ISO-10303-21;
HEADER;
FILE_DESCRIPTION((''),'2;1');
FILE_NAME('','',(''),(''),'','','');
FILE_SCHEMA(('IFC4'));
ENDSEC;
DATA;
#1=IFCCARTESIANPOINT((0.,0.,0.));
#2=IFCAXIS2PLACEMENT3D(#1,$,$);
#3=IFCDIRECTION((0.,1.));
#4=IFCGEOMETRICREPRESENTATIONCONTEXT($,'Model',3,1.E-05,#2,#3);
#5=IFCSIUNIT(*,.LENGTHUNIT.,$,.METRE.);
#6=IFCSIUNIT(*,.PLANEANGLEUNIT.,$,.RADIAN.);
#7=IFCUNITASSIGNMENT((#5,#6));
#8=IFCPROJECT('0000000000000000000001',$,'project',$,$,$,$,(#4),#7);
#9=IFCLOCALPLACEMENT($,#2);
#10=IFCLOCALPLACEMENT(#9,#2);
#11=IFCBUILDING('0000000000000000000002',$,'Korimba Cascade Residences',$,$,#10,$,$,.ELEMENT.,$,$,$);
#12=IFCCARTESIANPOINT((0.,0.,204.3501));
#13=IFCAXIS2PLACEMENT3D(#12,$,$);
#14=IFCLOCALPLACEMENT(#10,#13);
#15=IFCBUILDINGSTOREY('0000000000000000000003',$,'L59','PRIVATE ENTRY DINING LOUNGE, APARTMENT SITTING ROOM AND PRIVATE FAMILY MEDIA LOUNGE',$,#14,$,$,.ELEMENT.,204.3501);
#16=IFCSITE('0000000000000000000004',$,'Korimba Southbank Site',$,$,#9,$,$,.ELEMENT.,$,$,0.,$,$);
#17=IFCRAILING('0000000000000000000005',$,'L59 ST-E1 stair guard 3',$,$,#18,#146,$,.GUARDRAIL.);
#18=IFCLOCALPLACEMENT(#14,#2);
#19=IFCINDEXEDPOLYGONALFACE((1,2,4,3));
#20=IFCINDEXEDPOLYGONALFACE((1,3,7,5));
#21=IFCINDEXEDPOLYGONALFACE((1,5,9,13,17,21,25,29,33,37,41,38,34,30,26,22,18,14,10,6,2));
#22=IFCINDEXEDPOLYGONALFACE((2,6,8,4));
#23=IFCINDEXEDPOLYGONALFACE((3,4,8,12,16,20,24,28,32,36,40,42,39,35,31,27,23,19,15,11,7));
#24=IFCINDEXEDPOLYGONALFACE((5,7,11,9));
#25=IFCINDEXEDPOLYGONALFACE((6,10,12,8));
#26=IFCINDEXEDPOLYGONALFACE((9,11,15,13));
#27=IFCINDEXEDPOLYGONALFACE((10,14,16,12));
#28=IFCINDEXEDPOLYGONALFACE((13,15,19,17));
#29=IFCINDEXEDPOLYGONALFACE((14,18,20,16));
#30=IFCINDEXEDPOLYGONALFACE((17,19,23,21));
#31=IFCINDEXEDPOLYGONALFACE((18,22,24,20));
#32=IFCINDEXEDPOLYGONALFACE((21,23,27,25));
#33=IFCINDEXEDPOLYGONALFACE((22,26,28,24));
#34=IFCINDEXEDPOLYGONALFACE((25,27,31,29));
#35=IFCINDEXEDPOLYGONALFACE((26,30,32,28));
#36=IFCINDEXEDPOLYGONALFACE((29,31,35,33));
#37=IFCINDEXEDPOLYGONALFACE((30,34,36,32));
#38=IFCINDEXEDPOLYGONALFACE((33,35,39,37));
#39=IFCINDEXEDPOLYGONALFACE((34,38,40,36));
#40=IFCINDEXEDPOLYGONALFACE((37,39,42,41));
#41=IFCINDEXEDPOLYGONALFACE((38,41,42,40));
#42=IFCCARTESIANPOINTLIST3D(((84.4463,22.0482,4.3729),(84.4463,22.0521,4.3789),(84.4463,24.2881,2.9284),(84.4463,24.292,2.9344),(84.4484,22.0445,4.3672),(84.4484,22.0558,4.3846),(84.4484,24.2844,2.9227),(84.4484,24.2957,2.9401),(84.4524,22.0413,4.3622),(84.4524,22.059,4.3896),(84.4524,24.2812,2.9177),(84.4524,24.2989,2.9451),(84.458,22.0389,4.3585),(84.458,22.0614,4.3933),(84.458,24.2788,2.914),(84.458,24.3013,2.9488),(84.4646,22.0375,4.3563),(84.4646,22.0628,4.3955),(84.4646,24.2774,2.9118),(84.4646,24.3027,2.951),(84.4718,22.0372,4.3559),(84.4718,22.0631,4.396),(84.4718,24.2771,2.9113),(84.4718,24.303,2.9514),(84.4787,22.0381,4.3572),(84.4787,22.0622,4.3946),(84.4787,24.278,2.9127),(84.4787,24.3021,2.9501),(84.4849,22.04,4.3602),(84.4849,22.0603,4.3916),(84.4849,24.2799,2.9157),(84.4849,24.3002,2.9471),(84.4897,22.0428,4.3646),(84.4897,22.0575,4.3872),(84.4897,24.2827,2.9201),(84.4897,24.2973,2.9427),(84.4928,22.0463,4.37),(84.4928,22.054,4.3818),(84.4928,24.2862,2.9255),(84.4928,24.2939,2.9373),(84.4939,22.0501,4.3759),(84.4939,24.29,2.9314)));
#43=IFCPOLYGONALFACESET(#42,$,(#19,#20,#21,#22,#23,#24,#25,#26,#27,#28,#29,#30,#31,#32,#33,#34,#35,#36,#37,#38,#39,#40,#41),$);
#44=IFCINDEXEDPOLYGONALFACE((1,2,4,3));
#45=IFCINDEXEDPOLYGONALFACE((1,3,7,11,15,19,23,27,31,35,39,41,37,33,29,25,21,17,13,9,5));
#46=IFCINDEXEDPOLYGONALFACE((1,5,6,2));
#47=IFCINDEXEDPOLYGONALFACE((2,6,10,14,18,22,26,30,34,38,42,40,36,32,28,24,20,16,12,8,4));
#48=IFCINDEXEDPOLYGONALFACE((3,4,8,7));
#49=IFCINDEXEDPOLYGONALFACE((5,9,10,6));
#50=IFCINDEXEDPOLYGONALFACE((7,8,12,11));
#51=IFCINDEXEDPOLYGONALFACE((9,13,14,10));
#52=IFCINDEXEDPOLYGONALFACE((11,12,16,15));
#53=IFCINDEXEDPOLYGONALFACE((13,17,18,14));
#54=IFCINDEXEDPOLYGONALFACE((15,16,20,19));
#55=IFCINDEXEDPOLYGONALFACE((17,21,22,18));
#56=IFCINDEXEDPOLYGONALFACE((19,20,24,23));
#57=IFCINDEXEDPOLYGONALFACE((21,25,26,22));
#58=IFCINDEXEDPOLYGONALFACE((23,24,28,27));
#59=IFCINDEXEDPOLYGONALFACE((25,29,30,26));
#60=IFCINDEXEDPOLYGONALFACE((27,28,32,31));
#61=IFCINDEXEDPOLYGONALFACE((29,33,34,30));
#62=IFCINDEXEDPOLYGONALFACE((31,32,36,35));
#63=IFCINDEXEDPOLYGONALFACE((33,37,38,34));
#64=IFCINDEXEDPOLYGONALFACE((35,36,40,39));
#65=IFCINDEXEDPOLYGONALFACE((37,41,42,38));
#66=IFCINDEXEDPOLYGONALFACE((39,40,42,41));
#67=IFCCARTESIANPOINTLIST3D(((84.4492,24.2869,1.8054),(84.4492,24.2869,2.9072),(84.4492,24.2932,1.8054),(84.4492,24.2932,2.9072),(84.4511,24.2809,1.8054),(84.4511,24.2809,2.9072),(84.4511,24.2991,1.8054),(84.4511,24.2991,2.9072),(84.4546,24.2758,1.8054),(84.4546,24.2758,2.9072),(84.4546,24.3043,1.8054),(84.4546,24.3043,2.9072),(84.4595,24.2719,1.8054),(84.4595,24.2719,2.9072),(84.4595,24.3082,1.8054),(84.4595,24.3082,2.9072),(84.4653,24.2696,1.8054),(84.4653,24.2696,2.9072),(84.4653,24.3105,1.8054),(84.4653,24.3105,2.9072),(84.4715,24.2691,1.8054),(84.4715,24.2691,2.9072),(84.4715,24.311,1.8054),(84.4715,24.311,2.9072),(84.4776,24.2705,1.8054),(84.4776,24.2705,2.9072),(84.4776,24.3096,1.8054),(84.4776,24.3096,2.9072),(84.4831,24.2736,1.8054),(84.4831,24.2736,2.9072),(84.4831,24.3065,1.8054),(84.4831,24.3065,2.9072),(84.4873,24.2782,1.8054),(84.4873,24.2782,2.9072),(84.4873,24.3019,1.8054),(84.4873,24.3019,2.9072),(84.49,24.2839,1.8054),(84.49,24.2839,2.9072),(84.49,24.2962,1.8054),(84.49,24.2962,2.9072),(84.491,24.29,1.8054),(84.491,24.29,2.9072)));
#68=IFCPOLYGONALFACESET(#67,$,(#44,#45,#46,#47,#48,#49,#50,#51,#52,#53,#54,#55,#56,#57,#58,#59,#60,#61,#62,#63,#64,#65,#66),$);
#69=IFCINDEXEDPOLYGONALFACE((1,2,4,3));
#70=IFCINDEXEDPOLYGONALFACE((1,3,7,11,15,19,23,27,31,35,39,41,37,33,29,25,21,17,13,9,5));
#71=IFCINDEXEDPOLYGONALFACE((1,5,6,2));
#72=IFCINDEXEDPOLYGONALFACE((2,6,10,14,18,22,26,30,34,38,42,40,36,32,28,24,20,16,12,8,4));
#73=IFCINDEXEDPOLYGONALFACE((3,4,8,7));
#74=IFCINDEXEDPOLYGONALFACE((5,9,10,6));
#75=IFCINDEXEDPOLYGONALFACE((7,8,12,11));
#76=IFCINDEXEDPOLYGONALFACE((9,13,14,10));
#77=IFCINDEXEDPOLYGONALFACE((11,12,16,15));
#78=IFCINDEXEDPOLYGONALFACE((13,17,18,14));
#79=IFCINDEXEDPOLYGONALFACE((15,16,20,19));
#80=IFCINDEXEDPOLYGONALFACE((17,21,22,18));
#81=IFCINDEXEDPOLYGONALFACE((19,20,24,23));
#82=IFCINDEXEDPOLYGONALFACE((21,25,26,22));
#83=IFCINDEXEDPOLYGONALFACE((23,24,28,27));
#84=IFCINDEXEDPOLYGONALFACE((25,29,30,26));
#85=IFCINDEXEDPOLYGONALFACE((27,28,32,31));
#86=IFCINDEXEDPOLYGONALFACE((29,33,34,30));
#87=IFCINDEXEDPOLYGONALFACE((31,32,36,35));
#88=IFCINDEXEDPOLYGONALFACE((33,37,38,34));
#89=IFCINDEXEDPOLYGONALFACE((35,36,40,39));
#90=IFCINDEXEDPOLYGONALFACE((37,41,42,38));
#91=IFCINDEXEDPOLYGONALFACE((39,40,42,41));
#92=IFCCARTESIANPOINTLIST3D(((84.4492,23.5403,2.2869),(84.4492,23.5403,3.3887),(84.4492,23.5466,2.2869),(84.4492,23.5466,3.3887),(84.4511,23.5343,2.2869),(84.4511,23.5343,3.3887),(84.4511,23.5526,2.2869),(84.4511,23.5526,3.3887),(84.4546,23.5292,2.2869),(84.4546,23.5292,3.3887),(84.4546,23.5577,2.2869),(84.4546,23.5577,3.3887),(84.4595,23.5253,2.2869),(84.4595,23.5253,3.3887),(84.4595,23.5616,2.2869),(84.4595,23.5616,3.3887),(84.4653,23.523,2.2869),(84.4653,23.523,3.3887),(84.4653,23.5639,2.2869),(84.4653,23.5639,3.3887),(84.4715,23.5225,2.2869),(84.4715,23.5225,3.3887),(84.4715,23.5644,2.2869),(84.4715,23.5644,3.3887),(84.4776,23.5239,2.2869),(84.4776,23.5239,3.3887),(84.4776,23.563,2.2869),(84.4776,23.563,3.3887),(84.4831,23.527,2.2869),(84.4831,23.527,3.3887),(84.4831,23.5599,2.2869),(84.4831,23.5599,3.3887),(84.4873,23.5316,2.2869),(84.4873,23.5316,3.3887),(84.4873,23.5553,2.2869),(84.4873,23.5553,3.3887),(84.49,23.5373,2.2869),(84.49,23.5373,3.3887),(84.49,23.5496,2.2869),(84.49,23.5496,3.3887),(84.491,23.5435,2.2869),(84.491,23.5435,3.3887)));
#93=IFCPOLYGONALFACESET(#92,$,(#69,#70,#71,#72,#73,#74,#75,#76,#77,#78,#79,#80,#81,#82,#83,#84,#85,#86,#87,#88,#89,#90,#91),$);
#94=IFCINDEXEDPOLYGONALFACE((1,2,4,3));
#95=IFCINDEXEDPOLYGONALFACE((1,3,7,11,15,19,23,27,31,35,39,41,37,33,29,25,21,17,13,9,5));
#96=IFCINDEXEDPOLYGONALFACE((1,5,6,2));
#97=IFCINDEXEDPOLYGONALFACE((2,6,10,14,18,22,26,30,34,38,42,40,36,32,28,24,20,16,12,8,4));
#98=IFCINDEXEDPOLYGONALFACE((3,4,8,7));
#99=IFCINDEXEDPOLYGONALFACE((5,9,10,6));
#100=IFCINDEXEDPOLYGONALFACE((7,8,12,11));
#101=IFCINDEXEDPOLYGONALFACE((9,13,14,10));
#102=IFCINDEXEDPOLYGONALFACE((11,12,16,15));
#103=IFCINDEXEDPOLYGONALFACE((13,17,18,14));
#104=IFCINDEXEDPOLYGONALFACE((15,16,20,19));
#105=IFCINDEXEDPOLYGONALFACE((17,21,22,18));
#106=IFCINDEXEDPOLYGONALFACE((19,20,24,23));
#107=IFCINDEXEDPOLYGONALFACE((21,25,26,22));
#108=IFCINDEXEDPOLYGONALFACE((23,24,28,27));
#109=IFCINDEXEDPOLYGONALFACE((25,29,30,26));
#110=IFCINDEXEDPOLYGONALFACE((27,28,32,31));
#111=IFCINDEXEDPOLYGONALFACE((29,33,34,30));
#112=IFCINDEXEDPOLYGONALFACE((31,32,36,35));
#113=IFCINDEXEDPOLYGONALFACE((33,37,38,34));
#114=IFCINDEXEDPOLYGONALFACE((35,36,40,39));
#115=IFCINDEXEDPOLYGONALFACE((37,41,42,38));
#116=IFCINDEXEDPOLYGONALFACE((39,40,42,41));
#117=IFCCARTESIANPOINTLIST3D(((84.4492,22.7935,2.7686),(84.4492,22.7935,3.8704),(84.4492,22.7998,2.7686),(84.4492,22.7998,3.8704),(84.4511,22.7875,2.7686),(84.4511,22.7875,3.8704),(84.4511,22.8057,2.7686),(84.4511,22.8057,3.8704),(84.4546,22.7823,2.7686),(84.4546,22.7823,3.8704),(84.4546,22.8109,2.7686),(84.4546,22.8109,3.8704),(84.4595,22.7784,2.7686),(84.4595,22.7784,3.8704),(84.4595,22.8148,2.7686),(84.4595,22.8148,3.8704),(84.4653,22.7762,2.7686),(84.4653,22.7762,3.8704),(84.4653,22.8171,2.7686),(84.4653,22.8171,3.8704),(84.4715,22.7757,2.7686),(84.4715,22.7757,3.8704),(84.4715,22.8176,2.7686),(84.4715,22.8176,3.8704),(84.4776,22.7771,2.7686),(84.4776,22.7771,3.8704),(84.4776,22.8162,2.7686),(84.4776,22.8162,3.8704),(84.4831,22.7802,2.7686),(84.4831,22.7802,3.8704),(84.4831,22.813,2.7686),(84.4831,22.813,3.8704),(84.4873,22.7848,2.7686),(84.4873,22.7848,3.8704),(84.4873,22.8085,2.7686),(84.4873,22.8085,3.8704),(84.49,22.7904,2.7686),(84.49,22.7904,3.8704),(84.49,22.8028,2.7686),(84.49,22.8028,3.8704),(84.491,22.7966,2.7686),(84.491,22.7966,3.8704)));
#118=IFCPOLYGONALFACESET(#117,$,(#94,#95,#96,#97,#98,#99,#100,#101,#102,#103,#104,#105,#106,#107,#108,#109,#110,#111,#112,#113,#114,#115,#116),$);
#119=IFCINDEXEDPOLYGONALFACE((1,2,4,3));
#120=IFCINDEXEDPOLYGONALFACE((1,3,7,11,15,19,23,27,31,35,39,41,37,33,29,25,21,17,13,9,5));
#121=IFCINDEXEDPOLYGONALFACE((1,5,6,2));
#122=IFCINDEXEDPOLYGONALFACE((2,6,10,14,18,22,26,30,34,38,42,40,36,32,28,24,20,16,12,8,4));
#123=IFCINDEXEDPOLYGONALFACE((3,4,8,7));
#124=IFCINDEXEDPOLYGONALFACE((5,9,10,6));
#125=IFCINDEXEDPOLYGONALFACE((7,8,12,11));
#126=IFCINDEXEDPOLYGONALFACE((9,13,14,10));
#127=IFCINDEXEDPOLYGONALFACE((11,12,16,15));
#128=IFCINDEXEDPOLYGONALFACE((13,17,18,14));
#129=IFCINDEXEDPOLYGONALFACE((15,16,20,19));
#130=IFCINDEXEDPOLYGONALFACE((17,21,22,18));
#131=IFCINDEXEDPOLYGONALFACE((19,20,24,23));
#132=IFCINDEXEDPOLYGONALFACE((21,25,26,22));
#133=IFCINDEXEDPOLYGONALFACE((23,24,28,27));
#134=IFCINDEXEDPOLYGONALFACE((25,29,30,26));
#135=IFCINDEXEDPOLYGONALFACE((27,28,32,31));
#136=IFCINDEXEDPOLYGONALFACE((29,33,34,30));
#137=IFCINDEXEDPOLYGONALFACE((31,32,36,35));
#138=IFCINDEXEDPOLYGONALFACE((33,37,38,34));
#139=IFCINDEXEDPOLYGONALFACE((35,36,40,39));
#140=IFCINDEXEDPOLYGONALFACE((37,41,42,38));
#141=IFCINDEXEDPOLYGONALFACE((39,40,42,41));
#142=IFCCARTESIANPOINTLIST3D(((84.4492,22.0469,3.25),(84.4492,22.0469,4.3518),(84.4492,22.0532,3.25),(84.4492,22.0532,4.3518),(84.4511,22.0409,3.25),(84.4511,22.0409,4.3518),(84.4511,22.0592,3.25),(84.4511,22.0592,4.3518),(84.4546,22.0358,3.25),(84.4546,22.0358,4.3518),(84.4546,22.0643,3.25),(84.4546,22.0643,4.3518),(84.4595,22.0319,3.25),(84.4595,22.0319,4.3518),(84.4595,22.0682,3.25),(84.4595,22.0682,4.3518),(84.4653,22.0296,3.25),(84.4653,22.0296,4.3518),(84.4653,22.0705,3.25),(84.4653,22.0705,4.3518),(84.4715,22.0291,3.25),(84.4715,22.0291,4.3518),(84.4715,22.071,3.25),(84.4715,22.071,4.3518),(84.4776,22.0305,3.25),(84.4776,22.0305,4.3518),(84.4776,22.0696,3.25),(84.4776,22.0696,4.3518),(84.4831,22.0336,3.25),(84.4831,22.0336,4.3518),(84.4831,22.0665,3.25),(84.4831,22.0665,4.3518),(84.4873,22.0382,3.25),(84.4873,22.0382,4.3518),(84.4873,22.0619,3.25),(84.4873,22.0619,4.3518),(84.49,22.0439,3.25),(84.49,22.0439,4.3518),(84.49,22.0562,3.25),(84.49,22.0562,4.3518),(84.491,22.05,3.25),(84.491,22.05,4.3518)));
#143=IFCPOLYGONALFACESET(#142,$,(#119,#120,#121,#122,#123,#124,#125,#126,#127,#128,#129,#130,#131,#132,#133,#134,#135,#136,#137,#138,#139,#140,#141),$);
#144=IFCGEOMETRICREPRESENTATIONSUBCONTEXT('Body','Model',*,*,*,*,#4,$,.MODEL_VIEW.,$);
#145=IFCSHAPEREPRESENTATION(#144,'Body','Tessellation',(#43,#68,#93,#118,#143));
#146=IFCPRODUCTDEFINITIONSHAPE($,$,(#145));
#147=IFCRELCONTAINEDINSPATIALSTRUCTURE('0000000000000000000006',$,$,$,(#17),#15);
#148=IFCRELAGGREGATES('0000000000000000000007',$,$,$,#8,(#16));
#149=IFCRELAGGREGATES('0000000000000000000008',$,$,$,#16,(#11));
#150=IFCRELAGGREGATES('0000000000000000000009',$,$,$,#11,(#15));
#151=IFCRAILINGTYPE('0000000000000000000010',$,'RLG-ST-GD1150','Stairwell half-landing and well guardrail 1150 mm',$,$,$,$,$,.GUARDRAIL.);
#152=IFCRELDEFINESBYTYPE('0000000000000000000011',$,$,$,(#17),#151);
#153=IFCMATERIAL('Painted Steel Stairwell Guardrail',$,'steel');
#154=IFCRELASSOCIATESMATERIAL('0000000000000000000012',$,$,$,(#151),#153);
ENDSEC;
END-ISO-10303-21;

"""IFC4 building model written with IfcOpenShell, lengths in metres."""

from ifc_helpers import new_model, si_unit, direction, frame, origin, origin_2d, place, context, subcontext, project, spatial, circle, extrude, material, type_object, element, save


model = new_model("IFC4")

# Units and contexts
model_context = context("Model", 3, precision=1e-05, world=origin(), true_north=direction((0.0, 1.0)))
body_context = subcontext(model_context, "Body", "Model", "MODEL_VIEW")
ifc_project = project(units=[si_unit("LENGTHUNIT", "METRE"), si_unit("PLANEANGLEUNIT", "RADIAN")], contexts=[model_context])

# Site, building, storey
site_placement = place(None, origin())
site = spatial("IfcSite", under=ifc_project, at=site_placement, Name="Korimba Southbank Site", CompositionType="ELEMENT", RefElevation=0.0)
building_placement = place(site_placement, origin())
building = spatial("IfcBuilding", under=site, at=building_placement, Name="Korimba Cascade Residences", CompositionType="ELEMENT")
storey_placement = place(building_placement, frame((0.0, 0.0, 204.3501)))
storey = spatial("IfcBuildingStorey", under=building, at=storey_placement, Name="L59", Description="PRIVATE ENTRY DINING LOUNGE, APARTMENT SITTING ROOM AND PRIVATE FAMILY MEDIA LOUNGE", CompositionType="ELEMENT", Elevation=204.3501)

# Railing
ifc_material_1 = material(Name="Painted Steel Stairwell Guardrail", Category="steel")
railing_type_1 = type_object("IfcRailingType", Name="RLG-ST-GD1150", Description="Stairwell half-landing and well guardrail 1150 mm", PredefinedType="GUARDRAIL", material=ifc_material_1)
railing_1_placement = place(storey_placement, frame((84.47, 24.29, 1.8054)))
element("IfcRailing", 1, at=railing_1_placement, inside=storey, type_object=railing_type_1, Name="L59 ST-E1 stair guard 3", PredefinedType="GUARDRAIL", context=body_context, shape_type="SweptSolid", body=[
    extrude(circle(Radius=0.0239, at=origin_2d()), frame((0.0, 0.0, 1.126), z_axis=(0.0, -0.840395, 0.541975), x_axis=(1.0, 0.0, 0.0)), (0.0, 0.0, 1.0), 2.6653),
    extrude(circle(Radius=0.021, at=origin_2d()), origin(), (0.0, 0.0, 1.0), 1.1018),
    extrude(circle(Radius=0.021, at=origin_2d()), frame((0.0, -0.7466, 0.4814)), (0.0, 0.0, 1.0), 1.1018),
    extrude(circle(Radius=0.021, at=origin_2d()), frame((0.0, -1.4934, 0.9631)), (0.0, 0.0, 1.0), 1.1018),
    extrude(circle(Radius=0.021, at=origin_2d()), frame((0.0, -2.24, 1.4446)), (0.0, 0.0, 1.0), 1.1018),
])

save(model, "model.ifc")
